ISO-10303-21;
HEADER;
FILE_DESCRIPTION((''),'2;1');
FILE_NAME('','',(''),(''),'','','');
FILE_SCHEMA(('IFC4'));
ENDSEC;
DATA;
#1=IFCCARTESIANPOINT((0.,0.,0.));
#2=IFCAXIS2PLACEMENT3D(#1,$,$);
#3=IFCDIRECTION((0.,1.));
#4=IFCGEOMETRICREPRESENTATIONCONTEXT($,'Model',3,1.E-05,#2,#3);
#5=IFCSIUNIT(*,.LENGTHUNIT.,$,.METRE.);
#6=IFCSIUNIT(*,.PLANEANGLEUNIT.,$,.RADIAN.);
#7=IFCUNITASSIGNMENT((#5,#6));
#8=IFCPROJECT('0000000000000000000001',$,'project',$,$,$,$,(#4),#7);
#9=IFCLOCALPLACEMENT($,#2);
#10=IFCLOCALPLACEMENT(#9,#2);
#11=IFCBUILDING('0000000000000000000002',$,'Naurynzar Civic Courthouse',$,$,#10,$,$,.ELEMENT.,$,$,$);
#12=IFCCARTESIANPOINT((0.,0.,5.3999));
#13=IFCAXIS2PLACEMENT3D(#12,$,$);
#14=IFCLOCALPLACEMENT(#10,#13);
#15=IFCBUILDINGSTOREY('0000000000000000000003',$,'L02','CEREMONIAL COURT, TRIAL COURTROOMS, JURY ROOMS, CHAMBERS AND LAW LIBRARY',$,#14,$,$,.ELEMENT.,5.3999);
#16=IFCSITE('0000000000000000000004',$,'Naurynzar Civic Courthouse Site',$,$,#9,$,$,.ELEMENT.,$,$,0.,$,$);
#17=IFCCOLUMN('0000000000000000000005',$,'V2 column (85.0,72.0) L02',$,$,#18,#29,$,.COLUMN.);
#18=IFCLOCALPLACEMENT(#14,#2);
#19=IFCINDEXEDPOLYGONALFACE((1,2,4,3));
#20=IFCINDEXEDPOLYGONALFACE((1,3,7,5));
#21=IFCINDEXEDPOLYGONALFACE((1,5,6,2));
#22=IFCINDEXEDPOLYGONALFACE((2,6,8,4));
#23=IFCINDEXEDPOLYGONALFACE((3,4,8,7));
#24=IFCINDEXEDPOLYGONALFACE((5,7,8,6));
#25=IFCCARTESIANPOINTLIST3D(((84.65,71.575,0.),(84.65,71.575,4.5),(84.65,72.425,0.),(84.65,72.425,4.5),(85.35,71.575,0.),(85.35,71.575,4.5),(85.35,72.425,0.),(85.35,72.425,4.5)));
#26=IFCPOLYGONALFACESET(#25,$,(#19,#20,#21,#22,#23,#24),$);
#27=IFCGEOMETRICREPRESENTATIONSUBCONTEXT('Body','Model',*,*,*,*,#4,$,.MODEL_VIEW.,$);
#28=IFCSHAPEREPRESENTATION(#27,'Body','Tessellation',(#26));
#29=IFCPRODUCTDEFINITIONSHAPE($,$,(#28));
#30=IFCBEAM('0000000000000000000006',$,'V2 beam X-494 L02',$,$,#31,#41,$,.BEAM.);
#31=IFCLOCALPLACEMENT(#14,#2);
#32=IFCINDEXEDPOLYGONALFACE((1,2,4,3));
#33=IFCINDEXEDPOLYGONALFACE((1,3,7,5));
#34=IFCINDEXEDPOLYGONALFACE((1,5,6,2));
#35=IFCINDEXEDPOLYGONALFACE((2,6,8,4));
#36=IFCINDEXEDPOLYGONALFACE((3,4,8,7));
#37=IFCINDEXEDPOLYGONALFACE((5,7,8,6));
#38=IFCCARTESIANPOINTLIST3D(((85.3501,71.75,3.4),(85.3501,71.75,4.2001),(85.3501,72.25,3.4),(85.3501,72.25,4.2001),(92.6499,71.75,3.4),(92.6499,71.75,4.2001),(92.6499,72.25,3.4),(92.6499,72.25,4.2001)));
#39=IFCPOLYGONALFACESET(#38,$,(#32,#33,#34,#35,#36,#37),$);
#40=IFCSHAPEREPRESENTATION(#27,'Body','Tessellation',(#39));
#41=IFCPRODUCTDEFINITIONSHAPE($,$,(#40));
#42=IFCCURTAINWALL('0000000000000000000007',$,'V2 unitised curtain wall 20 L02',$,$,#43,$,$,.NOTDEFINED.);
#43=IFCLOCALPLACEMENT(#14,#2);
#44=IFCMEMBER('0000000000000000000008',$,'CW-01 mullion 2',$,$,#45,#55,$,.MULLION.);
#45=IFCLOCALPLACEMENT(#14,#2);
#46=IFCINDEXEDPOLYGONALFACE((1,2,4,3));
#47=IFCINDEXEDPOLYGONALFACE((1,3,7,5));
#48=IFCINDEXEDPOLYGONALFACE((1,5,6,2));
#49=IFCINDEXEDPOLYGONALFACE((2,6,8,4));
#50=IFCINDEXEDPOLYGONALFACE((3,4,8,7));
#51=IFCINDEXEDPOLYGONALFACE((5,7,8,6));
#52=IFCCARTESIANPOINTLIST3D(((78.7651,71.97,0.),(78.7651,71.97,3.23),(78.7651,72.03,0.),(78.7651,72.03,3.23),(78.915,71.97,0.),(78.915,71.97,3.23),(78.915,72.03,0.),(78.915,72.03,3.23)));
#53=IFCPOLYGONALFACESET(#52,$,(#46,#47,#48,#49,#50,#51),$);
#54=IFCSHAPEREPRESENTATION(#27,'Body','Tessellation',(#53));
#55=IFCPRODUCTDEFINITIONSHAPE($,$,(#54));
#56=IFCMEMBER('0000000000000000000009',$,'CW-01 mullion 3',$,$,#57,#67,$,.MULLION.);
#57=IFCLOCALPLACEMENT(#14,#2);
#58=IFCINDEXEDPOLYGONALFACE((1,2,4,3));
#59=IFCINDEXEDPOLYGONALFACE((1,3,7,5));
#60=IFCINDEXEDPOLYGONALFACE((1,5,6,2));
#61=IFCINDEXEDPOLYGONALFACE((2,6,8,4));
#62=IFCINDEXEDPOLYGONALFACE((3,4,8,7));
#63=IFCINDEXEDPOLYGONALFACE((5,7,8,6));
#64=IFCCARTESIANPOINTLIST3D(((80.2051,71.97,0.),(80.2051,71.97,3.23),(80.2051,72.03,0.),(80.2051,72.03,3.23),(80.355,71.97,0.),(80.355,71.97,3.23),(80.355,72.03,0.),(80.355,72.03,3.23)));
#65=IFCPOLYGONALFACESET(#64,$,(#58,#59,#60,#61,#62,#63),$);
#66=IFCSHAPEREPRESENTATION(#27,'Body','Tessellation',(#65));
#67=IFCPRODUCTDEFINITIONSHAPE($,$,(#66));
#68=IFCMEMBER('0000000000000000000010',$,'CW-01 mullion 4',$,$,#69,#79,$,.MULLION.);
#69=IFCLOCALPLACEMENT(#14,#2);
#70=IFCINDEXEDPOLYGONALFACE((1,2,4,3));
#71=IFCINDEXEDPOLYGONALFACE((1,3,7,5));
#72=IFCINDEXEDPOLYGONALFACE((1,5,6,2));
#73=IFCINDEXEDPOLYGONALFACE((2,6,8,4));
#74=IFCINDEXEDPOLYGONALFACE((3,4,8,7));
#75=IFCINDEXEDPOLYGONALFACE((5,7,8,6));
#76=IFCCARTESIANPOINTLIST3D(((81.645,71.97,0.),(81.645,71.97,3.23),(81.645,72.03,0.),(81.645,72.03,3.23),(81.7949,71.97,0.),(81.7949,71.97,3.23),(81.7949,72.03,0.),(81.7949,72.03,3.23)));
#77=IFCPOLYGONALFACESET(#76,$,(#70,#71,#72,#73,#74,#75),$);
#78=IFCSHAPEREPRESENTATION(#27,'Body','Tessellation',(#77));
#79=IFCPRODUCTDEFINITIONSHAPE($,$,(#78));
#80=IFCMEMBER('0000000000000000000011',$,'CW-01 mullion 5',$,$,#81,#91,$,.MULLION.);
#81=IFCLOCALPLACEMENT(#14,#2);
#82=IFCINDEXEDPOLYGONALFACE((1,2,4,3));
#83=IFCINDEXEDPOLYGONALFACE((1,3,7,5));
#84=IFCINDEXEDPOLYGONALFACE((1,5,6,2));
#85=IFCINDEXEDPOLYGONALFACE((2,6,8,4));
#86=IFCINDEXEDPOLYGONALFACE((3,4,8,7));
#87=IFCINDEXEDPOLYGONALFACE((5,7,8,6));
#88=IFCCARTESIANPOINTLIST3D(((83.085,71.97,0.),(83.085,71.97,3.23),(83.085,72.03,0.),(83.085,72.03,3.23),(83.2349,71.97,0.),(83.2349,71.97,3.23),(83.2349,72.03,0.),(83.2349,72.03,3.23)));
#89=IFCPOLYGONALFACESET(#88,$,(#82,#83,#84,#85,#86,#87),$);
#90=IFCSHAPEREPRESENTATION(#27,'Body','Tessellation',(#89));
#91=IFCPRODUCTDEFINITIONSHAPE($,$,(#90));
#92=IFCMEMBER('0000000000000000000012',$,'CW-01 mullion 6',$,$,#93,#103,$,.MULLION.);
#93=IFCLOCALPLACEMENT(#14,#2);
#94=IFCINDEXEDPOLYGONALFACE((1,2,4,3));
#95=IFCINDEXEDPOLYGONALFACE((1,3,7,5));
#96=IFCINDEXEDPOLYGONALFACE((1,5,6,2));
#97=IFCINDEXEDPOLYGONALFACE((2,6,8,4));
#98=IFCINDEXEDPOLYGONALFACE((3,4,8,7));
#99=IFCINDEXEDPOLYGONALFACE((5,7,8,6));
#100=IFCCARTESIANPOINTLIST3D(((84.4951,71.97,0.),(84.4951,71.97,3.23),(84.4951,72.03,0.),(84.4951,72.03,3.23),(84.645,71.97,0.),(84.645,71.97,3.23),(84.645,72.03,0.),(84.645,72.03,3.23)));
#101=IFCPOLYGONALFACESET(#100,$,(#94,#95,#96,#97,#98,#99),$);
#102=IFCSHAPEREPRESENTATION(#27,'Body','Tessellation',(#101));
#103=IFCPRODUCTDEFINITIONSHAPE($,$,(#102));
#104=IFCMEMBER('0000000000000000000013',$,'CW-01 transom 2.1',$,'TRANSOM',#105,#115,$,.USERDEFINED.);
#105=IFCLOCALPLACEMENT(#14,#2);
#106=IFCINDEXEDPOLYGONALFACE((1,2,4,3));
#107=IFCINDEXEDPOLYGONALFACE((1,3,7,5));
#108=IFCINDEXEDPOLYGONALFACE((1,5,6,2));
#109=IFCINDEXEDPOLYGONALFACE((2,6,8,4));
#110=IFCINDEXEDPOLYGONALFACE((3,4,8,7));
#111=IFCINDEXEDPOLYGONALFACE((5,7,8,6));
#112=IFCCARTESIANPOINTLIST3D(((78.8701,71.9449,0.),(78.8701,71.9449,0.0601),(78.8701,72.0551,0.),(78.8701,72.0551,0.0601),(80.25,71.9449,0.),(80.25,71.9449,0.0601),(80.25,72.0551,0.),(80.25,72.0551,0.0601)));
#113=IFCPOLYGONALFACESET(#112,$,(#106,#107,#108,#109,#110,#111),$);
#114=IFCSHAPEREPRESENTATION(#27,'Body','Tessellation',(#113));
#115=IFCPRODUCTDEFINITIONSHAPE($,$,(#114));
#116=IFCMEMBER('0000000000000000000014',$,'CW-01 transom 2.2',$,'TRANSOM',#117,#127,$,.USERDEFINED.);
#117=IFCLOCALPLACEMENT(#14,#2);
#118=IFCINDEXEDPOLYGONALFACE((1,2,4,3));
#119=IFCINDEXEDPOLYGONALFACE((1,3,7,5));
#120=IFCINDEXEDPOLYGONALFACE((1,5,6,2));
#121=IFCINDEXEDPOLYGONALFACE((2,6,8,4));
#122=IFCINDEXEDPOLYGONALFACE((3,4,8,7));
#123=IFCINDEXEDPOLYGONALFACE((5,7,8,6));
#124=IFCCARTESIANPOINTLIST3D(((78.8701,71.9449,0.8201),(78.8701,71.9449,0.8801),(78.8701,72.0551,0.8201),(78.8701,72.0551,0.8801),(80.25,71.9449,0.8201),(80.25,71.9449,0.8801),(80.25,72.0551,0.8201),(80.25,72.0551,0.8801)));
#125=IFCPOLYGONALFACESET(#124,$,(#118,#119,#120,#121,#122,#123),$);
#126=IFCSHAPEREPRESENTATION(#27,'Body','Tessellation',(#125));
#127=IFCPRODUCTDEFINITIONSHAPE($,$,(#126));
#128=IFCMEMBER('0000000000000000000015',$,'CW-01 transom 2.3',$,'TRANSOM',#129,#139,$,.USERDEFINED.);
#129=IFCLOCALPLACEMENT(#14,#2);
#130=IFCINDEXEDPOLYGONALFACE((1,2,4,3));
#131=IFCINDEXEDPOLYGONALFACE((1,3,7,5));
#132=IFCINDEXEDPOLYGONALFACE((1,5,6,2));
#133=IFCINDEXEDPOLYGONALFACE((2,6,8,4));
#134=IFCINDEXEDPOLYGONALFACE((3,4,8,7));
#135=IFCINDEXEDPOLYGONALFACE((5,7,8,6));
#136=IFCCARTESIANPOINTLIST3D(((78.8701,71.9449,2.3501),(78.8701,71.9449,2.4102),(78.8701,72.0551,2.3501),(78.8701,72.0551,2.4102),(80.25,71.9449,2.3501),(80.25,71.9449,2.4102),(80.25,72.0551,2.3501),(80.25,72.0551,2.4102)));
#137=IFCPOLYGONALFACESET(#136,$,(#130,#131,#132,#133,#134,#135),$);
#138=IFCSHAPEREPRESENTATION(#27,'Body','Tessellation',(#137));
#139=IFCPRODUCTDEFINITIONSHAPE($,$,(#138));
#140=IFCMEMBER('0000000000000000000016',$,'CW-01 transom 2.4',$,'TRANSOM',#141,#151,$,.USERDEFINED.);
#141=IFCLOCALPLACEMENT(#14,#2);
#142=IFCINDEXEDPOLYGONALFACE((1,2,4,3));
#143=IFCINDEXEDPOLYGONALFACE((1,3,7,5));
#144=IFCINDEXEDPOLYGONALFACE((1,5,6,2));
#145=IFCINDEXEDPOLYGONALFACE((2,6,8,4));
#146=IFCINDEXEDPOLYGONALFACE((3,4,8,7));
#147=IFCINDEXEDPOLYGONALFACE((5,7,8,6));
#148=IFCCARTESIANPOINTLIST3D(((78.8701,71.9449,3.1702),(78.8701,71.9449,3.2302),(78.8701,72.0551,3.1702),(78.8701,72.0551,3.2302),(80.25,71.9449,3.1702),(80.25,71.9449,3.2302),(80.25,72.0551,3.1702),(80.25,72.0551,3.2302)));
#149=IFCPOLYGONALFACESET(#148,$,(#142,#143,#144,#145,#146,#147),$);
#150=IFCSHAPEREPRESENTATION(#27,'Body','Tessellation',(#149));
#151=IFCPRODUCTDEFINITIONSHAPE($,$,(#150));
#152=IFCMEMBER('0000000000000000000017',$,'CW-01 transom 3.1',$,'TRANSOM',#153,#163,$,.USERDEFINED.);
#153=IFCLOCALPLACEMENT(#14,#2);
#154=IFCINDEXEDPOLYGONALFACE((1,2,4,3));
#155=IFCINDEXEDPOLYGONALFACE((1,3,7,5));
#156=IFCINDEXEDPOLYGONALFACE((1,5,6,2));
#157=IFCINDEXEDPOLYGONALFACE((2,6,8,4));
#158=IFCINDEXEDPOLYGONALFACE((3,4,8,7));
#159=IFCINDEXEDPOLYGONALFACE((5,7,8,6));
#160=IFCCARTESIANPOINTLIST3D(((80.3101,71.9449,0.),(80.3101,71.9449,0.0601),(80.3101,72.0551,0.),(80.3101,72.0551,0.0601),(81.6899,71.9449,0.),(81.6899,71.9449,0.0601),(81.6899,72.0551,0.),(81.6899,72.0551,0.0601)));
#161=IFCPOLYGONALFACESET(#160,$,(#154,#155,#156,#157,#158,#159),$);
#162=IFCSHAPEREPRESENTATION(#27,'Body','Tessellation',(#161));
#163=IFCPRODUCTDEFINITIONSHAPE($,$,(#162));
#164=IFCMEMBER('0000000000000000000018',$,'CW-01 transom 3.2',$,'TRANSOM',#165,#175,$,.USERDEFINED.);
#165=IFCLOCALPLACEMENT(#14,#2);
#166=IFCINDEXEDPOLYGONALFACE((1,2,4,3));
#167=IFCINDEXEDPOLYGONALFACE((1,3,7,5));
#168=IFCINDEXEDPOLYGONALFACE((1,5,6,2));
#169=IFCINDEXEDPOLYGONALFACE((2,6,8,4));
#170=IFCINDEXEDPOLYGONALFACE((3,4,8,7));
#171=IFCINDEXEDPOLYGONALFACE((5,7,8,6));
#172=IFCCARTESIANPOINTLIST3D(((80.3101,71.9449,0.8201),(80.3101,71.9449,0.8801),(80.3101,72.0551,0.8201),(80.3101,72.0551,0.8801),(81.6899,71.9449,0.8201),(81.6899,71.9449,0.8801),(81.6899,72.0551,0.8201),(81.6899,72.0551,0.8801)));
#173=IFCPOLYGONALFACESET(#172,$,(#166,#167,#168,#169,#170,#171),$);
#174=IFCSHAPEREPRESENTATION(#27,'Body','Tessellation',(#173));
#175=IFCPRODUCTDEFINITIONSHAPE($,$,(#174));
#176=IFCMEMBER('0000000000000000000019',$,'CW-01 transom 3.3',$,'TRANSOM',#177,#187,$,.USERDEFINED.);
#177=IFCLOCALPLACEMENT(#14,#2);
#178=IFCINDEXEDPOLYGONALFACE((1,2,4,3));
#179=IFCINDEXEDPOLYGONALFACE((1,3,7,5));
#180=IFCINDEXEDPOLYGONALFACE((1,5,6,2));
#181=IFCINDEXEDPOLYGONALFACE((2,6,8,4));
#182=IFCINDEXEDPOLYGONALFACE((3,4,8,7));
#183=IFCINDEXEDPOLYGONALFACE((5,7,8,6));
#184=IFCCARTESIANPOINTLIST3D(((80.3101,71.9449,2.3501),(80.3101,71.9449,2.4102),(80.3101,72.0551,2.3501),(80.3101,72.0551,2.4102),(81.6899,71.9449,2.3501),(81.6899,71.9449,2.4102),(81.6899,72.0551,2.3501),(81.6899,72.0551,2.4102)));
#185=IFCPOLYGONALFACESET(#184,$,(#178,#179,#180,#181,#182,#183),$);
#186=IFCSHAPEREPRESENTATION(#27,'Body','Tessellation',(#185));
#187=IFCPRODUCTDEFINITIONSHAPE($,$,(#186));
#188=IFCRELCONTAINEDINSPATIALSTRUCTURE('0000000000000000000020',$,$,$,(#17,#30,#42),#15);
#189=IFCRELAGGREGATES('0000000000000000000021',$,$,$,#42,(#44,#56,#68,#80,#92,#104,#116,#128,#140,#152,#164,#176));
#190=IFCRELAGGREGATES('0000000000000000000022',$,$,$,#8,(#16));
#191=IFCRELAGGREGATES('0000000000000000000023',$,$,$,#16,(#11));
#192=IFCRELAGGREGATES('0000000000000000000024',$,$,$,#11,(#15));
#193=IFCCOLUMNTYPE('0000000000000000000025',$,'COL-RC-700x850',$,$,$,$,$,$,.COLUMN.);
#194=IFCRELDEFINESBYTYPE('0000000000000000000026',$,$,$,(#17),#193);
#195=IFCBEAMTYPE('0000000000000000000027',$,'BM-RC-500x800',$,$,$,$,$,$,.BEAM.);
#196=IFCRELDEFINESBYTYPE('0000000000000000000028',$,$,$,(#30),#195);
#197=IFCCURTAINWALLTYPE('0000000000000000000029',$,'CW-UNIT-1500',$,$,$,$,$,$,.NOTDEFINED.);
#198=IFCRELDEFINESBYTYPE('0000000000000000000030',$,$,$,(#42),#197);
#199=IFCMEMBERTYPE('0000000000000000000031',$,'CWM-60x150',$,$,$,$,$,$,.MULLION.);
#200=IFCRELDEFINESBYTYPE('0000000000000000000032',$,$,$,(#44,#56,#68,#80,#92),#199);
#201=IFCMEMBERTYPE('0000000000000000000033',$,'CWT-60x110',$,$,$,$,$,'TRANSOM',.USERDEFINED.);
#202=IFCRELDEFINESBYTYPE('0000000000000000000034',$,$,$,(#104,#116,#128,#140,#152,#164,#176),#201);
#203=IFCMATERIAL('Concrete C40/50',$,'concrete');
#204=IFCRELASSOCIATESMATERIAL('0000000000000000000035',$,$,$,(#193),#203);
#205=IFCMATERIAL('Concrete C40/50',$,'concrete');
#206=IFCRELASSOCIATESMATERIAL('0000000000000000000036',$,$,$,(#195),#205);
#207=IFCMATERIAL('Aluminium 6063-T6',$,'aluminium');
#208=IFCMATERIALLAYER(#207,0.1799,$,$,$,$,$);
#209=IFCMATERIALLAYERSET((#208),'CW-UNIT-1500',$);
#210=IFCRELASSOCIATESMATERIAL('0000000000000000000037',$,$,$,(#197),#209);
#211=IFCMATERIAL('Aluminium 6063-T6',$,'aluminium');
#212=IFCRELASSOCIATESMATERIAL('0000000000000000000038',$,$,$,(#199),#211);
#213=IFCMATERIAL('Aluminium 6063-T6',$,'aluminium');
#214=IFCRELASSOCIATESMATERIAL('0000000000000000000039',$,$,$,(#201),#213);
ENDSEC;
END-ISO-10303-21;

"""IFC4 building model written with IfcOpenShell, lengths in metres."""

from ifc_helpers import new_model, si_unit, direction, frame, origin, origin_2d, place, context, subcontext, project, spatial, rectangle, extrude, material, layer, layer_set, material_profile, profile_set, type_object, element, aggregate, save


model = new_model("IFC4")

# Units and contexts
model_context = context("Model", 3, precision=1e-05, world=origin(), true_north=direction((0.0, 1.0)))
body_context = subcontext(model_context, "Body", "Model", "MODEL_VIEW")
ifc_project = project(units=[si_unit("LENGTHUNIT", "METRE"), si_unit("PLANEANGLEUNIT", "RADIAN")], contexts=[model_context])

# Site, building, storey
site_placement = place(None, origin())
site = spatial("IfcSite", under=ifc_project, at=site_placement, Name="Naurynzar Civic Courthouse Site", CompositionType="ELEMENT", RefElevation=0.0)
building_placement = place(site_placement, origin())
building = spatial("IfcBuilding", under=site, at=building_placement, Name="Naurynzar Civic Courthouse", CompositionType="ELEMENT")
storey_placement = place(building_placement, frame((0.0, 0.0, 5.3999)))
storey = spatial("IfcBuildingStorey", under=building, at=storey_placement, Name="L02", Description="CEREMONIAL COURT, TRIAL COURTROOMS, JURY ROOMS, CHAMBERS AND LAW LIBRARY", CompositionType="ELEMENT", Elevation=5.3999)

# Column
ifc_material_1 = material(Name="Concrete C40/50", Category="concrete")
ifc_material_profile_1 = material_profile(ifc_material_1, rectangle(XDim=0.7, YDim=0.8501, at=origin_2d()), Name="RC 700x850")
ifc_profile_set_1 = profile_set([ifc_material_profile_1], Name="Concrete C40/50")
column_type = type_object("IfcColumnType", Name="COL-RC-700x850", PredefinedType="COLUMN", material=ifc_profile_set_1)
column_placement = place(storey_placement, frame((85.0, 72.0, 0.0), z_axis=(0.0, 0.0, 1.0), x_axis=(1.0, 0.0, 0.0)))
element("IfcColumn", 1, at=column_placement, inside=storey, type_object=column_type, Name="V2 column (85.0,72.0) L02", PredefinedType="COLUMN", context=body_context, shape_type="SweptSolid", body=[
    extrude(rectangle(XDim=0.7, YDim=0.8501, at=origin_2d()), origin(), (0.0, 0.0, 1.0), 4.5),
])

# Beam
ifc_material_2 = material(Name="Concrete C40/50", Category="concrete")
ifc_material_profile_2 = material_profile(ifc_material_2, rectangle(XDim=0.5, YDim=0.8, at=origin_2d()), Name="RCB 500x800")
ifc_profile_set_2 = profile_set([ifc_material_profile_2], Name="Concrete C40/50")
beam_type = type_object("IfcBeamType", Name="BM-RC-500x800", PredefinedType="BEAM", material=ifc_profile_set_2)
beam_placement = place(storey_placement, frame((85.3501, 72.0, 3.8), z_axis=(1.0, 0.0, 0.0), x_axis=(0.0, 1.0, 0.0)))
element("IfcBeam", 2, at=beam_placement, inside=storey, type_object=beam_type, Name="V2 beam X-494 L02", PredefinedType="BEAM", context=body_context, shape_type="SweptSolid", body=[
    extrude(rectangle(XDim=0.5, YDim=0.8, at=origin_2d()), origin(), (0.0, 0.0, 1.0), 7.2998),
])

# Curtain wall, members
ifc_material_3 = material(Name="Aluminium 6063-T6", Category="aluminium")
ifc_layer_1 = layer(ifc_material_3, 0.1799)
ifc_layer_set_1 = layer_set([ifc_layer_1], Name="CW-UNIT-1500")
curtain_wall_type = type_object("IfcCurtainWallType", Name="CW-UNIT-1500", PredefinedType="NOTDEFINED", material=ifc_layer_set_1)
curtain_wall_placement = place(storey_placement, origin())
curtain_wall = element("IfcCurtainWall", 3, at=curtain_wall_placement, inside=storey, type_object=curtain_wall_type, Name="V2 unitised curtain wall 20 L02", PredefinedType="NOTDEFINED")
ifc_material_4 = material(Name="Aluminium 6063-T6", Category="aluminium")
ifc_material_profile_3 = material_profile(ifc_material_4, rectangle(XDim=0.0601, YDim=0.1499, at=origin_2d()), Name="ALU MULLION 60x150")
ifc_profile_set_3 = profile_set([ifc_material_profile_3], Name="Aluminium 6063-T6")
member_type_1 = type_object("IfcMemberType", Name="CWM-60x150", PredefinedType="MULLION", material=ifc_profile_set_3)
member_1_placement = place(storey_placement, frame((78.8401, 72.0, 0.0), z_axis=(0.0, 0.0, 1.0), x_axis=(0.0, 1.0, 0.0)))
member_1 = element("IfcMember", 4, at=member_1_placement, type_object=member_type_1, Name="CW-01 mullion 2", PredefinedType="MULLION", context=body_context, shape_type="SweptSolid", body=[
    extrude(rectangle(XDim=0.0601, YDim=0.1499, at=origin_2d()), origin(), (0.0, 0.0, 1.0), 3.23),
])
member_2_placement = place(storey_placement, frame((80.28, 72.0, 0.0), z_axis=(0.0, 0.0, 1.0), x_axis=(0.0, 1.0, 0.0)))
member_2 = element("IfcMember", 5, at=member_2_placement, type_object=member_type_1, Name="CW-01 mullion 3", PredefinedType="MULLION", context=body_context, shape_type="SweptSolid", body=[
    extrude(rectangle(XDim=0.0601, YDim=0.1499, at=origin_2d()), origin(), (0.0, 0.0, 1.0), 3.23),
])
member_3_placement = place(storey_placement, frame((81.72, 72.0, 0.0), z_axis=(0.0, 0.0, 1.0), x_axis=(0.0, 1.0, 0.0)))
member_3 = element("IfcMember", 6, at=member_3_placement, type_object=member_type_1, Name="CW-01 mullion 4", PredefinedType="MULLION", context=body_context, shape_type="SweptSolid", body=[
    extrude(rectangle(XDim=0.0601, YDim=0.1499, at=origin_2d()), origin(), (0.0, 0.0, 1.0), 3.23),
])
member_4_placement = place(storey_placement, frame((83.1599, 72.0, 0.0), z_axis=(0.0, 0.0, 1.0), x_axis=(0.0, 1.0, 0.0)))
member_4 = element("IfcMember", 7, at=member_4_placement, type_object=member_type_1, Name="CW-01 mullion 5", PredefinedType="MULLION", context=body_context, shape_type="SweptSolid", body=[
    extrude(rectangle(XDim=0.0601, YDim=0.1499, at=origin_2d()), origin(), (0.0, 0.0, 1.0), 3.23),
])
member_5_placement = place(storey_placement, frame((84.5701, 72.0, 0.0), z_axis=(0.0, 0.0, 1.0), x_axis=(0.0, 1.0, 0.0)))
member_5 = element("IfcMember", 8, at=member_5_placement, type_object=member_type_1, Name="CW-01 mullion 6", PredefinedType="MULLION", context=body_context, shape_type="SweptSolid", body=[
    extrude(rectangle(XDim=0.0601, YDim=0.1499, at=origin_2d()), origin(), (0.0, 0.0, 1.0), 3.23),
])
ifc_material_5 = material(Name="Aluminium 6063-T6", Category="aluminium")
ifc_material_profile_4 = material_profile(ifc_material_5, rectangle(XDim=0.1101, YDim=0.0601, at=origin_2d()), Name="ALU TRANSOM 60x110")
ifc_profile_set_4 = profile_set([ifc_material_profile_4], Name="Aluminium 6063-T6")
member_type_2 = type_object("IfcMemberType", Name="CWT-60x110", ElementType="TRANSOM", PredefinedType="USERDEFINED", material=ifc_profile_set_4)
member_6_placement = place(storey_placement, frame((78.8701, 72.0, 0.03), z_axis=(1.0, 0.0, 0.0), x_axis=(0.0, 1.0, 0.0)))
member_6 = element("IfcMember", 9, at=member_6_placement, type_object=member_type_2, Name="CW-01 transom 2.1", ObjectType="TRANSOM", PredefinedType="USERDEFINED", context=body_context, shape_type="SweptSolid", body=[
    extrude(rectangle(XDim=0.1101, YDim=0.0601, at=origin_2d()), origin(), (0.0, 0.0, 1.0), 1.3799),
])
member_7_placement = place(storey_placement, frame((78.8701, 72.0, 0.8501), z_axis=(1.0, 0.0, 0.0), x_axis=(0.0, 1.0, 0.0)))
member_7 = element("IfcMember", 10, at=member_7_placement, type_object=member_type_2, Name="CW-01 transom 2.2", ObjectType="TRANSOM", PredefinedType="USERDEFINED", context=body_context, shape_type="SweptSolid", body=[
    extrude(rectangle(XDim=0.1101, YDim=0.0601, at=origin_2d()), origin(), (0.0, 0.0, 1.0), 1.3799),
])
member_8_placement = place(storey_placement, frame((78.8701, 72.0, 2.3801), z_axis=(1.0, 0.0, 0.0), x_axis=(0.0, 1.0, 0.0)))
member_8 = element("IfcMember", 11, at=member_8_placement, type_object=member_type_2, Name="CW-01 transom 2.3", ObjectType="TRANSOM", PredefinedType="USERDEFINED", context=body_context, shape_type="SweptSolid", body=[
    extrude(rectangle(XDim=0.1101, YDim=0.0601, at=origin_2d()), origin(), (0.0, 0.0, 1.0), 1.3799),
])
member_9_placement = place(storey_placement, frame((78.8701, 72.0, 3.2002), z_axis=(1.0, 0.0, 0.0), x_axis=(0.0, 1.0, 0.0)))
member_9 = element("IfcMember", 12, at=member_9_placement, type_object=member_type_2, Name="CW-01 transom 2.4", ObjectType="TRANSOM", PredefinedType="USERDEFINED", context=body_context, shape_type="SweptSolid", body=[
    extrude(rectangle(XDim=0.1101, YDim=0.0601, at=origin_2d()), origin(), (0.0, 0.0, 1.0), 1.3799),
])
member_10_placement = place(storey_placement, frame((80.3101, 72.0, 0.03), z_axis=(1.0, 0.0, 0.0), x_axis=(0.0, 1.0, 0.0)))
member_10 = element("IfcMember", 13, at=member_10_placement, type_object=member_type_2, Name="CW-01 transom 3.1", ObjectType="TRANSOM", PredefinedType="USERDEFINED", context=body_context, shape_type="SweptSolid", body=[
    extrude(rectangle(XDim=0.1101, YDim=0.0601, at=origin_2d()), origin(), (0.0, 0.0, 1.0), 1.3799),
])
member_11_placement = place(storey_placement, frame((80.3101, 72.0, 0.8501), z_axis=(1.0, 0.0, 0.0), x_axis=(0.0, 1.0, 0.0)))
member_11 = element("IfcMember", 14, at=member_11_placement, type_object=member_type_2, Name="CW-01 transom 3.2", ObjectType="TRANSOM", PredefinedType="USERDEFINED", context=body_context, shape_type="SweptSolid", body=[
    extrude(rectangle(XDim=0.1101, YDim=0.0601, at=origin_2d()), origin(), (0.0, 0.0, 1.0), 1.3799),
])
member_12_placement = place(storey_placement, frame((80.3101, 72.0, 2.3801), z_axis=(1.0, 0.0, 0.0), x_axis=(0.0, 1.0, 0.0)))
member_12 = element("IfcMember", 15, at=member_12_placement, type_object=member_type_2, Name="CW-01 transom 3.3", ObjectType="TRANSOM", PredefinedType="USERDEFINED", context=body_context, shape_type="SweptSolid", body=[
    extrude(rectangle(XDim=0.1101, YDim=0.0601, at=origin_2d()), origin(), (0.0, 0.0, 1.0), 1.3799),
])
aggregate(curtain_wall, [member_1, member_2, member_3, member_4, member_5, member_6, member_7, member_8, member_9, member_10, member_11, member_12])

save(model, "model.ifc")
